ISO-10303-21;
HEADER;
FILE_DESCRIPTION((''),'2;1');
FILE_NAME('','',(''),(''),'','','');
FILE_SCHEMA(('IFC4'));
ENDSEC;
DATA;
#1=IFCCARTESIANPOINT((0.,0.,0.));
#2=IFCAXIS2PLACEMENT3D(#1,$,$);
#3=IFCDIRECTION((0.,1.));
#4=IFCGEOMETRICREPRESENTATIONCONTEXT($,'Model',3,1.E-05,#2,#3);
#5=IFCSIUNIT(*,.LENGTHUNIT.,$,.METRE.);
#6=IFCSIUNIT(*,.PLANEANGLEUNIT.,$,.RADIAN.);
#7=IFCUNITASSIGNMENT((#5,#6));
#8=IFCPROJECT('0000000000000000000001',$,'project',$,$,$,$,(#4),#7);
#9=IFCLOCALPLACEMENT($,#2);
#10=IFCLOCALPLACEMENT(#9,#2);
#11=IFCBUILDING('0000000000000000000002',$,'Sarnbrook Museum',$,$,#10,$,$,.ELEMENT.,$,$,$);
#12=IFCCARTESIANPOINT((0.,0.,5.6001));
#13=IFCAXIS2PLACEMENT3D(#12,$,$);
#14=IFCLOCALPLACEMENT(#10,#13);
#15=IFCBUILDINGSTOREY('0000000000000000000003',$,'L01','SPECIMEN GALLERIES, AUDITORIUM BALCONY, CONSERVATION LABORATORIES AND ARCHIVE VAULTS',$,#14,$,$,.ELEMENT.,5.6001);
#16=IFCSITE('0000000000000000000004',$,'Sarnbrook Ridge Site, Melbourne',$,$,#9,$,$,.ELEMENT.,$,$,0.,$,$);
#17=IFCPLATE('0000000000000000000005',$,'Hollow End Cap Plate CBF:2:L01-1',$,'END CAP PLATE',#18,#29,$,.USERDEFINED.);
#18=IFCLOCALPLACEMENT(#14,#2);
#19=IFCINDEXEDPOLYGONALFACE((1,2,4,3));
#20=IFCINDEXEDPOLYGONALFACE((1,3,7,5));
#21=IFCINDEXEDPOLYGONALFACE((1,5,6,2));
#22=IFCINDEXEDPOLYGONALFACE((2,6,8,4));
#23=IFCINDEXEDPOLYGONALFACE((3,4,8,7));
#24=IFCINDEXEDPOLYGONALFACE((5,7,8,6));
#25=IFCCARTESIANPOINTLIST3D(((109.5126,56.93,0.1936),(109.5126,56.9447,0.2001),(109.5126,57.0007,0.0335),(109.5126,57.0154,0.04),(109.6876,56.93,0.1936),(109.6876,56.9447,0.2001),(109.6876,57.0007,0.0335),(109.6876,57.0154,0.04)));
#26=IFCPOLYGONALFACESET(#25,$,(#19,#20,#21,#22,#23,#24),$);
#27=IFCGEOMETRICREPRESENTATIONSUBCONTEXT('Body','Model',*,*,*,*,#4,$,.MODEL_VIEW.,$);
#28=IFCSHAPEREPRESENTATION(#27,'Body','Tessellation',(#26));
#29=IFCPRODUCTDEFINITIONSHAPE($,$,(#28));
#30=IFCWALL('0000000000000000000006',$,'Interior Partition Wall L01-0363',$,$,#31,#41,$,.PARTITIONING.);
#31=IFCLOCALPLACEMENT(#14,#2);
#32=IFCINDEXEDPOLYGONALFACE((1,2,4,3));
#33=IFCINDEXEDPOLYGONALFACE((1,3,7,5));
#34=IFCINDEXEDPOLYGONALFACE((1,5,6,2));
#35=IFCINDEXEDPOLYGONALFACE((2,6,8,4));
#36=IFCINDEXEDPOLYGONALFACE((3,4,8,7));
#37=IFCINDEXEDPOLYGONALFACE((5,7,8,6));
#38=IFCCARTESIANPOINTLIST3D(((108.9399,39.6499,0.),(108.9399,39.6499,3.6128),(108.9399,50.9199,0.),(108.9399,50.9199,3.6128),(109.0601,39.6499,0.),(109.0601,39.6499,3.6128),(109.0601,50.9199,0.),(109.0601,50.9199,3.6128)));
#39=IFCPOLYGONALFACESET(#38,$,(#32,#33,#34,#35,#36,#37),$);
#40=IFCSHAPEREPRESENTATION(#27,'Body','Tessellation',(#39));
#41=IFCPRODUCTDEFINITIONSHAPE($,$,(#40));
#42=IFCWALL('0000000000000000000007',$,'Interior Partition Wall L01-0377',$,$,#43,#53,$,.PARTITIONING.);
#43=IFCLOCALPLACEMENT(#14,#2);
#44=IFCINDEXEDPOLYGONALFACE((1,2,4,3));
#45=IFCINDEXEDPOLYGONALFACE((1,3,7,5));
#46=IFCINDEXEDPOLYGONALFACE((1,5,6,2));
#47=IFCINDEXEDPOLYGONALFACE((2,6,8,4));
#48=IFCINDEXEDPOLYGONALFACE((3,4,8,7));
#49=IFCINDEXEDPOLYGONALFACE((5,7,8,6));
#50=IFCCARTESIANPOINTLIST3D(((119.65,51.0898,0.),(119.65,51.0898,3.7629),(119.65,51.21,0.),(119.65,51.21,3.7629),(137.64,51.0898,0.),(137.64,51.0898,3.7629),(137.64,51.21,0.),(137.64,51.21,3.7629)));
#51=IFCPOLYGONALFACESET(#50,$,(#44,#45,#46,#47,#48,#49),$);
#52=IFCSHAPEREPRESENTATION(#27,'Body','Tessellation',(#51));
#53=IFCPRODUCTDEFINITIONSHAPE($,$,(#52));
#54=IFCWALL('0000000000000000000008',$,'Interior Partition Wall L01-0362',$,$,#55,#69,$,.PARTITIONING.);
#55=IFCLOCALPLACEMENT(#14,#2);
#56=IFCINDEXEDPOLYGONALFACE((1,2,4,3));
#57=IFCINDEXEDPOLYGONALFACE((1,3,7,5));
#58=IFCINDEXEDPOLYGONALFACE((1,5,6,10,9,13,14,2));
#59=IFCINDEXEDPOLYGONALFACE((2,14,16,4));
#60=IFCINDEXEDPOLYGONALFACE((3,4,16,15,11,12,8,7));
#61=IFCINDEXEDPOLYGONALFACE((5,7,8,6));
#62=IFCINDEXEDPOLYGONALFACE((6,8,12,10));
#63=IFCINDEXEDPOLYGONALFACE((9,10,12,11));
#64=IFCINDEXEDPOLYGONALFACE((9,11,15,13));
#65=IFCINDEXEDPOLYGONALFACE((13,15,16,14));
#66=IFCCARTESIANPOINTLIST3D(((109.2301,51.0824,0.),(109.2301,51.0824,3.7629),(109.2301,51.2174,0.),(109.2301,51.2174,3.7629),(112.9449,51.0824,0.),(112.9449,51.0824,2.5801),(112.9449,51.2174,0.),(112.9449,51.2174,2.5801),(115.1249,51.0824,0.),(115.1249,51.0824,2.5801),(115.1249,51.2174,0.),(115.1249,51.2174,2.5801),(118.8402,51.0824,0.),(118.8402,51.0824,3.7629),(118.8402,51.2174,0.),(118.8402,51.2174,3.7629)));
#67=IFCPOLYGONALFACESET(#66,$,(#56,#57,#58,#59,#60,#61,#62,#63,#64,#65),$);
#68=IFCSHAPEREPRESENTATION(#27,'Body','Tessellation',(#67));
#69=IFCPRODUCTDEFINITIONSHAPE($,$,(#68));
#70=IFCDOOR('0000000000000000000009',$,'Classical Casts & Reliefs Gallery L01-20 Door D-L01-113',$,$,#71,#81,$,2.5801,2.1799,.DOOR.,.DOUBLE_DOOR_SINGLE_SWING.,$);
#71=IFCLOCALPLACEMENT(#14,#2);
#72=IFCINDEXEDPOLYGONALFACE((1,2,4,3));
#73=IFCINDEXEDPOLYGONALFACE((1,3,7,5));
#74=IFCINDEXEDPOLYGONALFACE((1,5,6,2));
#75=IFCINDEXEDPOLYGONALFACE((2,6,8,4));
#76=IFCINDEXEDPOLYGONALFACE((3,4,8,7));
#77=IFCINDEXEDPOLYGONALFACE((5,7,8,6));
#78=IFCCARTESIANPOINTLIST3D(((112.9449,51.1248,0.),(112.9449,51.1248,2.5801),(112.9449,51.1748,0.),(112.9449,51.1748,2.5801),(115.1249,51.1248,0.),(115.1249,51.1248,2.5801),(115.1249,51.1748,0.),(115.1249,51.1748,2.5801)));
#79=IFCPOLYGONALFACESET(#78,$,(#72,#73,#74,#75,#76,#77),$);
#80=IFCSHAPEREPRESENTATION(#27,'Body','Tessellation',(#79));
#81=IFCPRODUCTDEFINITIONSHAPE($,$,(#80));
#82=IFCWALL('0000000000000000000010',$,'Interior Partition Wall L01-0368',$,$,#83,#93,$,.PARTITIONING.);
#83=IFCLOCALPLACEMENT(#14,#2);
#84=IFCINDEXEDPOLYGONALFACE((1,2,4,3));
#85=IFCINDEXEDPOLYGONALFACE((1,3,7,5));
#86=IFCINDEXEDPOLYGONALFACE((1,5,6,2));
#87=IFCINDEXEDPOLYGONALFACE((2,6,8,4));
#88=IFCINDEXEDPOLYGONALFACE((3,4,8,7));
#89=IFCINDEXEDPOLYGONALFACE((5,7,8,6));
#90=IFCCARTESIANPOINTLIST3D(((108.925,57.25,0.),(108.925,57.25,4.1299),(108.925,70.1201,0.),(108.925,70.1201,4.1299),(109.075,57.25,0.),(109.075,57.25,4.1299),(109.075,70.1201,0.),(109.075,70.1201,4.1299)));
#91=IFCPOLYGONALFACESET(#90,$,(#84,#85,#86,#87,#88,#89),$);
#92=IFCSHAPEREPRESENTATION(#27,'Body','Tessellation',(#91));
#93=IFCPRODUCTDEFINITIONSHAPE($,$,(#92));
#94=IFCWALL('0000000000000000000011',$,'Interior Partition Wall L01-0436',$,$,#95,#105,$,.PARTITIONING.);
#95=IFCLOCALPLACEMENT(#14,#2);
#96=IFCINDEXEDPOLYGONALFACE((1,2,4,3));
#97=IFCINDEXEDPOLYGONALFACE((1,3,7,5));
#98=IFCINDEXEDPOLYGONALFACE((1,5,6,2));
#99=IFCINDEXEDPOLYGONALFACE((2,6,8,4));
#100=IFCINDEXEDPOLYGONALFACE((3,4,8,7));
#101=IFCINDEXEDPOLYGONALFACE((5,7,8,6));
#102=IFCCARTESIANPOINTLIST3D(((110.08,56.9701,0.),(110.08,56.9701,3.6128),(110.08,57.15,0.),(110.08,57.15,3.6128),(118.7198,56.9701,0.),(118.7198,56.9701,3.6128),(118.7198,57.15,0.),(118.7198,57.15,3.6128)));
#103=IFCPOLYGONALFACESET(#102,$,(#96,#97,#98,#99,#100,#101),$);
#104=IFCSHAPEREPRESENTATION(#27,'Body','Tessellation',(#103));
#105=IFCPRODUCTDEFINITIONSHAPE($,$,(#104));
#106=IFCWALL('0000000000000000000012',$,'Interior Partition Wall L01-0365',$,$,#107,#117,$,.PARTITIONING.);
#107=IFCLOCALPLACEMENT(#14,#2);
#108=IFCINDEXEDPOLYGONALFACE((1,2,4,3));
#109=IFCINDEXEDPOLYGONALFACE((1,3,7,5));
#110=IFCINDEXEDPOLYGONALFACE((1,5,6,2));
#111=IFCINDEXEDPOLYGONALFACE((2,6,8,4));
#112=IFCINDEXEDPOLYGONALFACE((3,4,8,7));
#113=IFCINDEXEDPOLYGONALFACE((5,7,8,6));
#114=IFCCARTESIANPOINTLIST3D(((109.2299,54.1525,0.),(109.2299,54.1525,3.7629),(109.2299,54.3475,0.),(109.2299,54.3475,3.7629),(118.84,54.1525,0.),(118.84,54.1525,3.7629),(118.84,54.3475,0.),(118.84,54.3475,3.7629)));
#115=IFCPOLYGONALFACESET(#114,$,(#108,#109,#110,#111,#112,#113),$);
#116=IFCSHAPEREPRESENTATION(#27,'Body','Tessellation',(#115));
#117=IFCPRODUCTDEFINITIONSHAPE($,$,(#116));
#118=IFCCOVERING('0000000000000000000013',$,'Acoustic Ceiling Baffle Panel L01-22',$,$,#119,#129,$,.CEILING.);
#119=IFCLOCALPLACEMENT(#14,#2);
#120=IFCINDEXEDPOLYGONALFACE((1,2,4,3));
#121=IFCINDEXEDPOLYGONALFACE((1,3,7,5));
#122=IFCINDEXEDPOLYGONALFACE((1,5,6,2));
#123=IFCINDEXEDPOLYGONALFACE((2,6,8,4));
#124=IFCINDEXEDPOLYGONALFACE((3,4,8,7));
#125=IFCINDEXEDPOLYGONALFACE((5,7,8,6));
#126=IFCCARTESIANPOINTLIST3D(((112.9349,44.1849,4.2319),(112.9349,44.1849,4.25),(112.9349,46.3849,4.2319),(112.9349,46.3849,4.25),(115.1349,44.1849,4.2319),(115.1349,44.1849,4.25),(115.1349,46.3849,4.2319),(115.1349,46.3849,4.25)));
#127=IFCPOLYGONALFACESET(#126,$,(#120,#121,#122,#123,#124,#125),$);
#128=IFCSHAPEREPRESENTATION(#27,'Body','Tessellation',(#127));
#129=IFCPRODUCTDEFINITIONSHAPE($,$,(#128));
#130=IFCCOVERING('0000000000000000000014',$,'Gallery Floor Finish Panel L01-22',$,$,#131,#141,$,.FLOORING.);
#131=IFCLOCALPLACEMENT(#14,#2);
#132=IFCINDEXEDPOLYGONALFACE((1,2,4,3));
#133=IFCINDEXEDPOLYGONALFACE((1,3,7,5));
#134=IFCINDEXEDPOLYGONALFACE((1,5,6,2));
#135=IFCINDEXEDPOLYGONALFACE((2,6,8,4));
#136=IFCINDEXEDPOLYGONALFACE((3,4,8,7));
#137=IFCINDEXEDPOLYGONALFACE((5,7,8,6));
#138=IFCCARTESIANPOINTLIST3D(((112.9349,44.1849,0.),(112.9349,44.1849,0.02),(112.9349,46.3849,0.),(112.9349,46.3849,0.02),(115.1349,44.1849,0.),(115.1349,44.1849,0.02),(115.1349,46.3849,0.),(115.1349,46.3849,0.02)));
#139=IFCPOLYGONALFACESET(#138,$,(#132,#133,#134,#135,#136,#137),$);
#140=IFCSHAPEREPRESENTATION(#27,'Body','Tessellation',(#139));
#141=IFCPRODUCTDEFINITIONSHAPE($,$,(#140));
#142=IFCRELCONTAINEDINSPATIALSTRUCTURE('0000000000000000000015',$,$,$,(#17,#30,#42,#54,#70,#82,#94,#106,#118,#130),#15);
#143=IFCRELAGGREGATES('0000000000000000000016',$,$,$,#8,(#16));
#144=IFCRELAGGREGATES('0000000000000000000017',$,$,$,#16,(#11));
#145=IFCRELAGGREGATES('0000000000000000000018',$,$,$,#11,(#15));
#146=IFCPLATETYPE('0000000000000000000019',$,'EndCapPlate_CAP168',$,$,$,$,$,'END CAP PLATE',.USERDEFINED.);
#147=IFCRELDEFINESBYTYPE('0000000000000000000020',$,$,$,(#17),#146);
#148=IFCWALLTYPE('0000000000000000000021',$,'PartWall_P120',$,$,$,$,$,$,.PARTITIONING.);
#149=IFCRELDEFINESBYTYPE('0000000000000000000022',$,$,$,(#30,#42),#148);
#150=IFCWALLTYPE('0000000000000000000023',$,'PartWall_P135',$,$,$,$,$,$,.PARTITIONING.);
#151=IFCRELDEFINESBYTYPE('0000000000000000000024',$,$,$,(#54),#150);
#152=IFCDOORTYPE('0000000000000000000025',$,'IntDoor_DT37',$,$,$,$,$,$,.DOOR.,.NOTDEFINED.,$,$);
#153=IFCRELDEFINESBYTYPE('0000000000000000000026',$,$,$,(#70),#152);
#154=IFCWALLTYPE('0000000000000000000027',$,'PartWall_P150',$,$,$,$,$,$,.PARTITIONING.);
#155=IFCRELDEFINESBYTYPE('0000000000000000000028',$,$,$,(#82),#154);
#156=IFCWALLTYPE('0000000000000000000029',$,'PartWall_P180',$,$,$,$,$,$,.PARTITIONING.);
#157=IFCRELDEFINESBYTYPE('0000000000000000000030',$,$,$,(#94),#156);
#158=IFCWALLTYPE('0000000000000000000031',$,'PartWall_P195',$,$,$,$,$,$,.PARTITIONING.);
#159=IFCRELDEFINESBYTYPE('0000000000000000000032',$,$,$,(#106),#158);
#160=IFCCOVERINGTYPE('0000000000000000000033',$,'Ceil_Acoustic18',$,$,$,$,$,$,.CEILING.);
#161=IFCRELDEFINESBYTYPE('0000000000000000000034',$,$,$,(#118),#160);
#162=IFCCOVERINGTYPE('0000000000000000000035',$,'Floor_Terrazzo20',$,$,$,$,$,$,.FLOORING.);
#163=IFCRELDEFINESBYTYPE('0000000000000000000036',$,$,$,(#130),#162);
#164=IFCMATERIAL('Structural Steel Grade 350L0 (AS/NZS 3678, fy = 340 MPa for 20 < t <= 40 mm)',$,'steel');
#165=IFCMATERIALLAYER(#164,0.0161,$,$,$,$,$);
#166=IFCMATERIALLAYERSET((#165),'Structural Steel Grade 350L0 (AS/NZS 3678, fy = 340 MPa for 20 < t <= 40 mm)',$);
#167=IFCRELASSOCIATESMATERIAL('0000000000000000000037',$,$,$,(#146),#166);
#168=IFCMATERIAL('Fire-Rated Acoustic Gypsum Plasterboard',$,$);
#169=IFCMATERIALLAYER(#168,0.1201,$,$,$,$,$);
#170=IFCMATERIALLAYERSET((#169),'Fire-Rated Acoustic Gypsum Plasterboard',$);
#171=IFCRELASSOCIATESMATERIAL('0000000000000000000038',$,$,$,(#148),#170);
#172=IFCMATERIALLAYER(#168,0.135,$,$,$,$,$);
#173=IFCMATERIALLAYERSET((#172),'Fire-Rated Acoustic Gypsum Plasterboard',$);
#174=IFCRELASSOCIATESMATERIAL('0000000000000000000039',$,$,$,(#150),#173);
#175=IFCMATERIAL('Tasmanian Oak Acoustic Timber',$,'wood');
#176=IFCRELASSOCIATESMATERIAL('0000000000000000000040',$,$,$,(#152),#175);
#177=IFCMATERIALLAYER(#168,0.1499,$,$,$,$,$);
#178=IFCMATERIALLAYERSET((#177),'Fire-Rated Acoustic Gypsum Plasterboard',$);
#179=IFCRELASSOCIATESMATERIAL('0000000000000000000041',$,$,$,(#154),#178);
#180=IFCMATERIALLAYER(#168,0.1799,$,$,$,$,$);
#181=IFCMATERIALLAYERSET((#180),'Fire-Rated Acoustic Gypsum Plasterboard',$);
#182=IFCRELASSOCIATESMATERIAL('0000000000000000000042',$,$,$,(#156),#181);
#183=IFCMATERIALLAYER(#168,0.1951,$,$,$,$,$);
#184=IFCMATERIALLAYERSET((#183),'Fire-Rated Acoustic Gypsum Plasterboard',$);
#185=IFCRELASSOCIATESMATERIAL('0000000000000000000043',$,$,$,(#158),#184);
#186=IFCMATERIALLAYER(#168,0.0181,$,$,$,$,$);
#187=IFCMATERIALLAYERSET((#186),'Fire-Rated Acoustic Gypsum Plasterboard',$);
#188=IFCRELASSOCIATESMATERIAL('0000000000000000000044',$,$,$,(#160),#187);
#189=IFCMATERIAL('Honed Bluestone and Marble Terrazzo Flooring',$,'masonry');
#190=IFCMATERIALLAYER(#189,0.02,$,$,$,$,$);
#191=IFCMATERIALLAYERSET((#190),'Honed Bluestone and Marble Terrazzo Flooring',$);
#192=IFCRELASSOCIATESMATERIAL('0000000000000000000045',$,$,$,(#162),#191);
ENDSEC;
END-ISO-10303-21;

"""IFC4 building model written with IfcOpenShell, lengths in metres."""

from ifc_helpers import new_model, si_unit, direction, frame, frame_2d, origin, origin_2d, place, context, subcontext, project, spatial, rectangle, extrude, material, layer, layer_set, type_object, element, fill, save


model = new_model("IFC4")

# Units and contexts
model_context = context("Model", 3, precision=1e-05, world=origin(), true_north=direction((0.0, 1.0)))
body_context = subcontext(model_context, "Body", "Model", "MODEL_VIEW")
ifc_project = project(units=[si_unit("LENGTHUNIT", "METRE"), si_unit("PLANEANGLEUNIT", "RADIAN")], contexts=[model_context])

# Site, building, storey
site_placement = place(None, origin())
site = spatial("IfcSite", under=ifc_project, at=site_placement, Name="Sarnbrook Ridge Site, Melbourne", CompositionType="ELEMENT", RefElevation=0.0)
building_placement = place(site_placement, origin())
building = spatial("IfcBuilding", under=site, at=building_placement, Name="Sarnbrook Museum", CompositionType="ELEMENT")
storey_placement = place(building_placement, frame((0.0, 0.0, 5.6001)))
storey = spatial("IfcBuildingStorey", under=building, at=storey_placement, Name="L01", Description="SPECIMEN GALLERIES, AUDITORIUM BALCONY, CONSERVATION LABORATORIES AND ARCHIVE VAULTS", CompositionType="ELEMENT", Elevation=5.6001)

# Shared definitions
ifc_material_1 = material(Name="Structural Steel Grade 350L0 (AS/NZS 3678, fy = 340 MPa for 20 < t <= 40 mm)", Category="steel")

# Plate
ifc_layer_1 = layer(ifc_material_1, 0.0161)
ifc_layer_set_1 = layer_set([ifc_layer_1], Name="Structural Steel Grade 350L0 (AS/NZS 3678, fy = 340 MPa for 20 < t <= 40 mm)")
plate_type = type_object("IfcPlateType", Name="EndCapPlate_CAP168", ElementType="END CAP PLATE", PredefinedType="USERDEFINED", material=ifc_layer_set_1)
plate_placement = place(storey_placement, frame((109.6001, 56.9653, 0.1135), z_axis=(0.0, 0.914659, 0.404227), x_axis=(-1.0, 0.0, 0.0)))
element("IfcPlate", 1, at=plate_placement, inside=storey, type_object=plate_type, Name="Hollow End Cap Plate CBF:2:L01-1", ObjectType="END CAP PLATE", PredefinedType="USERDEFINED", context=body_context, shape_type="SweptSolid", body=[
    extrude(rectangle(XDim=0.175, YDim=0.175, at=origin_2d()), origin(), (0.0, 0.0, 1.0), 0.0161),
])

# Walls
ifc_material_2 = material(Name="Fire-Rated Acoustic Gypsum Plasterboard")
ifc_layer_2 = layer(ifc_material_2, 0.1201)
ifc_layer_set_2 = layer_set([ifc_layer_2], Name="Fire-Rated Acoustic Gypsum Plasterboard")
wall_type_1 = type_object("IfcWallType", Name="PartWall_P120", PredefinedType="PARTITIONING", material=ifc_layer_set_2)
wall_1_placement = place(storey_placement, frame((109.0, 39.6499, 0.0), z_axis=(0.0, 0.0, 1.0), x_axis=(0.0, 1.0, 0.0)))
element("IfcWall", 2, at=wall_1_placement, inside=storey, type_object=wall_type_1, Name="Interior Partition Wall L01-0363", PredefinedType="PARTITIONING", context=body_context, shape_type="SweptSolid", body=[
    extrude(rectangle(XDim=11.27, YDim=0.1201, at=frame_2d((5.635, 0.0))), origin(), (0.0, 0.0, 1.0), 3.6128),
])
wall_2_placement = place(storey_placement, frame((119.6499, 51.1499, 0.0), z_axis=(0.0, 0.0, 1.0), x_axis=(1.0, 0.0, 0.0)))
element("IfcWall", 3, at=wall_2_placement, inside=storey, type_object=wall_type_1, Name="Interior Partition Wall L01-0377", PredefinedType="PARTITIONING", context=body_context, shape_type="SweptSolid", body=[
    extrude(rectangle(XDim=17.99, YDim=0.1201, at=frame_2d((8.9951, 0.0))), origin(), (0.0, 0.0, 1.0), 3.7629),
])

# Wall, opening, door
ifc_layer_3 = layer(ifc_material_2, 0.135)
ifc_layer_set_3 = layer_set([ifc_layer_3], Name="Fire-Rated Acoustic Gypsum Plasterboard")
wall_type_2 = type_object("IfcWallType", Name="PartWall_P135", PredefinedType="PARTITIONING", material=ifc_layer_set_3)
wall_3_placement = place(storey_placement, frame((109.23, 51.1499, 0.0), z_axis=(0.0, 0.0, 1.0), x_axis=(1.0, 0.0, 0.0)))
wall_3 = element("IfcWall", 4, at=wall_3_placement, inside=storey, type_object=wall_type_2, Name="Interior Partition Wall L01-0362", PredefinedType="PARTITIONING", context=body_context, shape_type="SweptSolid", body=[
    extrude(rectangle(XDim=9.6101, YDim=0.135, at=frame_2d((4.8052, 0.0))), origin(), (0.0, 0.0, 1.0), 3.7629),
])
opening_1_placement = place(wall_3_placement, frame((3.7151, 0.0, 0.0)))
opening_1 = element("IfcOpeningElement", 5, at=opening_1_placement, cuts=wall_3, PredefinedType="OPENING", context=body_context, shape_type="SweptSolid", body=[
    extrude(rectangle(XDim=2.1799, YDim=2.5801, at=frame_2d((1.0898, 1.29))), frame((0.0, 0.0776, 0.0), z_axis=(0.0, -1.0, 0.0), x_axis=(1.0, 0.0, 0.0)), (0.0, 0.0, 1.0), 0.155),
])
ifc_material_3 = material(Name="Tasmanian Oak Acoustic Timber", Category="wood")
door_type_1 = type_object("IfcDoorType", Name="IntDoor_DT37", OperationType="NOTDEFINED", PredefinedType="DOOR", material=ifc_material_3)
door_1_placement = place(opening_1_placement, origin())
door_1 = element("IfcDoor", 6, at=door_1_placement, inside=storey, type_object=door_type_1, Name="Classical Casts & Reliefs Gallery L01-20 Door D-L01-113", OperationType="DOUBLE_DOOR_SINGLE_SWING", OverallHeight=2.5801, OverallWidth=2.1799, PredefinedType="DOOR", context=body_context, shape_type="SweptSolid", body=[
    extrude(rectangle(XDim=2.1799, YDim=2.5801, at=frame_2d((1.0898, 1.29))), frame((0.0, 0.0249, 0.0), z_axis=(0.0, -1.0, 0.0), x_axis=(1.0, 0.0, 0.0)), (0.0, 0.0, 1.0), 0.05),
])
fill(opening_1, door_1)

# Walls
ifc_layer_4 = layer(ifc_material_2, 0.1499)
ifc_layer_set_4 = layer_set([ifc_layer_4], Name="Fire-Rated Acoustic Gypsum Plasterboard")
wall_type_3 = type_object("IfcWallType", Name="PartWall_P150", PredefinedType="PARTITIONING", material=ifc_layer_set_4)
wall_4_placement = place(storey_placement, frame((109.0, 57.25, 0.0), z_axis=(0.0, 0.0, 1.0), x_axis=(0.0, 1.0, 0.0)))
element("IfcWall", 7, at=wall_4_placement, inside=storey, type_object=wall_type_3, Name="Interior Partition Wall L01-0368", PredefinedType="PARTITIONING", context=body_context, shape_type="SweptSolid", body=[
    extrude(rectangle(XDim=12.8701, YDim=0.1499, at=frame_2d((6.4351, 0.0))), origin(), (0.0, 0.0, 1.0), 4.1299),
])
ifc_layer_5 = layer(ifc_material_2, 0.1799)
ifc_layer_set_5 = layer_set([ifc_layer_5], Name="Fire-Rated Acoustic Gypsum Plasterboard")
wall_type_4 = type_object("IfcWallType", Name="PartWall_P180", PredefinedType="PARTITIONING", material=ifc_layer_set_5)
wall_5_placement = place(storey_placement, frame((110.0801, 57.0601, 0.0), z_axis=(0.0, 0.0, 1.0), x_axis=(1.0, 0.0, 0.0)))
element("IfcWall", 8, at=wall_5_placement, inside=storey, type_object=wall_type_4, Name="Interior Partition Wall L01-0436", PredefinedType="PARTITIONING", context=body_context, shape_type="SweptSolid", body=[
    extrude(rectangle(XDim=8.6399, YDim=0.1799, at=frame_2d((4.3198, 0.0))), origin(), (0.0, 0.0, 1.0), 3.6128),
])
ifc_layer_6 = layer(ifc_material_2, 0.1951)
ifc_layer_set_6 = layer_set([ifc_layer_6], Name="Fire-Rated Acoustic Gypsum Plasterboard")
wall_type_5 = type_object("IfcWallType", Name="PartWall_P195", PredefinedType="PARTITIONING", material=ifc_layer_set_6)
wall_6_placement = place(storey_placement, frame((118.8401, 54.25, 0.0), z_axis=(0.0, 0.0, 1.0), x_axis=(-1.0, 0.0, 0.0)))
element("IfcWall", 9, at=wall_6_placement, inside=storey, type_object=wall_type_5, Name="Interior Partition Wall L01-0365", PredefinedType="PARTITIONING", context=body_context, shape_type="SweptSolid", body=[
    extrude(rectangle(XDim=9.6101, YDim=0.1951, at=frame_2d((4.8052, 0.0))), origin(), (0.0, 0.0, 1.0), 3.7629),
])

# Coverings
ifc_layer_7 = layer(ifc_material_2, 0.0181)
ifc_layer_set_7 = layer_set([ifc_layer_7], Name="Fire-Rated Acoustic Gypsum Plasterboard")
covering_type_1 = type_object("IfcCoveringType", Name="Ceil_Acoustic18", PredefinedType="CEILING", material=ifc_layer_set_7)
covering_1_placement = place(storey_placement, frame((114.0349, 45.2849, 4.2319), z_axis=(0.0, 0.0, 1.0), x_axis=(1.0, 0.0, 0.0)))
element("IfcCovering", 10, at=covering_1_placement, inside=storey, type_object=covering_type_1, Name="Acoustic Ceiling Baffle Panel L01-22", PredefinedType="CEILING", context=body_context, shape_type="SweptSolid", body=[
    extrude(rectangle(XDim=2.2, YDim=2.2, at=origin_2d()), origin(), (0.0, 0.0, 1.0), 0.0181),
])
ifc_material_4 = material(Name="Honed Bluestone and Marble Terrazzo Flooring", Category="masonry")
ifc_layer_8 = layer(ifc_material_4, 0.02)
ifc_layer_set_8 = layer_set([ifc_layer_8], Name="Honed Bluestone and Marble Terrazzo Flooring")
covering_type_2 = type_object("IfcCoveringType", Name="Floor_Terrazzo20", PredefinedType="FLOORING", material=ifc_layer_set_8)
covering_2_placement = place(storey_placement, frame((114.0349, 45.2849, 0.0), z_axis=(0.0, 0.0, 1.0), x_axis=(1.0, 0.0, 0.0)))
element("IfcCovering", 11, at=covering_2_placement, inside=storey, type_object=covering_type_2, Name="Gallery Floor Finish Panel L01-22", PredefinedType="FLOORING", context=body_context, shape_type="SweptSolid", body=[
    extrude(rectangle(XDim=2.2, YDim=2.2, at=origin_2d()), origin(), (0.0, 0.0, 1.0), 0.02),
])

save(model, "model.ifc")
